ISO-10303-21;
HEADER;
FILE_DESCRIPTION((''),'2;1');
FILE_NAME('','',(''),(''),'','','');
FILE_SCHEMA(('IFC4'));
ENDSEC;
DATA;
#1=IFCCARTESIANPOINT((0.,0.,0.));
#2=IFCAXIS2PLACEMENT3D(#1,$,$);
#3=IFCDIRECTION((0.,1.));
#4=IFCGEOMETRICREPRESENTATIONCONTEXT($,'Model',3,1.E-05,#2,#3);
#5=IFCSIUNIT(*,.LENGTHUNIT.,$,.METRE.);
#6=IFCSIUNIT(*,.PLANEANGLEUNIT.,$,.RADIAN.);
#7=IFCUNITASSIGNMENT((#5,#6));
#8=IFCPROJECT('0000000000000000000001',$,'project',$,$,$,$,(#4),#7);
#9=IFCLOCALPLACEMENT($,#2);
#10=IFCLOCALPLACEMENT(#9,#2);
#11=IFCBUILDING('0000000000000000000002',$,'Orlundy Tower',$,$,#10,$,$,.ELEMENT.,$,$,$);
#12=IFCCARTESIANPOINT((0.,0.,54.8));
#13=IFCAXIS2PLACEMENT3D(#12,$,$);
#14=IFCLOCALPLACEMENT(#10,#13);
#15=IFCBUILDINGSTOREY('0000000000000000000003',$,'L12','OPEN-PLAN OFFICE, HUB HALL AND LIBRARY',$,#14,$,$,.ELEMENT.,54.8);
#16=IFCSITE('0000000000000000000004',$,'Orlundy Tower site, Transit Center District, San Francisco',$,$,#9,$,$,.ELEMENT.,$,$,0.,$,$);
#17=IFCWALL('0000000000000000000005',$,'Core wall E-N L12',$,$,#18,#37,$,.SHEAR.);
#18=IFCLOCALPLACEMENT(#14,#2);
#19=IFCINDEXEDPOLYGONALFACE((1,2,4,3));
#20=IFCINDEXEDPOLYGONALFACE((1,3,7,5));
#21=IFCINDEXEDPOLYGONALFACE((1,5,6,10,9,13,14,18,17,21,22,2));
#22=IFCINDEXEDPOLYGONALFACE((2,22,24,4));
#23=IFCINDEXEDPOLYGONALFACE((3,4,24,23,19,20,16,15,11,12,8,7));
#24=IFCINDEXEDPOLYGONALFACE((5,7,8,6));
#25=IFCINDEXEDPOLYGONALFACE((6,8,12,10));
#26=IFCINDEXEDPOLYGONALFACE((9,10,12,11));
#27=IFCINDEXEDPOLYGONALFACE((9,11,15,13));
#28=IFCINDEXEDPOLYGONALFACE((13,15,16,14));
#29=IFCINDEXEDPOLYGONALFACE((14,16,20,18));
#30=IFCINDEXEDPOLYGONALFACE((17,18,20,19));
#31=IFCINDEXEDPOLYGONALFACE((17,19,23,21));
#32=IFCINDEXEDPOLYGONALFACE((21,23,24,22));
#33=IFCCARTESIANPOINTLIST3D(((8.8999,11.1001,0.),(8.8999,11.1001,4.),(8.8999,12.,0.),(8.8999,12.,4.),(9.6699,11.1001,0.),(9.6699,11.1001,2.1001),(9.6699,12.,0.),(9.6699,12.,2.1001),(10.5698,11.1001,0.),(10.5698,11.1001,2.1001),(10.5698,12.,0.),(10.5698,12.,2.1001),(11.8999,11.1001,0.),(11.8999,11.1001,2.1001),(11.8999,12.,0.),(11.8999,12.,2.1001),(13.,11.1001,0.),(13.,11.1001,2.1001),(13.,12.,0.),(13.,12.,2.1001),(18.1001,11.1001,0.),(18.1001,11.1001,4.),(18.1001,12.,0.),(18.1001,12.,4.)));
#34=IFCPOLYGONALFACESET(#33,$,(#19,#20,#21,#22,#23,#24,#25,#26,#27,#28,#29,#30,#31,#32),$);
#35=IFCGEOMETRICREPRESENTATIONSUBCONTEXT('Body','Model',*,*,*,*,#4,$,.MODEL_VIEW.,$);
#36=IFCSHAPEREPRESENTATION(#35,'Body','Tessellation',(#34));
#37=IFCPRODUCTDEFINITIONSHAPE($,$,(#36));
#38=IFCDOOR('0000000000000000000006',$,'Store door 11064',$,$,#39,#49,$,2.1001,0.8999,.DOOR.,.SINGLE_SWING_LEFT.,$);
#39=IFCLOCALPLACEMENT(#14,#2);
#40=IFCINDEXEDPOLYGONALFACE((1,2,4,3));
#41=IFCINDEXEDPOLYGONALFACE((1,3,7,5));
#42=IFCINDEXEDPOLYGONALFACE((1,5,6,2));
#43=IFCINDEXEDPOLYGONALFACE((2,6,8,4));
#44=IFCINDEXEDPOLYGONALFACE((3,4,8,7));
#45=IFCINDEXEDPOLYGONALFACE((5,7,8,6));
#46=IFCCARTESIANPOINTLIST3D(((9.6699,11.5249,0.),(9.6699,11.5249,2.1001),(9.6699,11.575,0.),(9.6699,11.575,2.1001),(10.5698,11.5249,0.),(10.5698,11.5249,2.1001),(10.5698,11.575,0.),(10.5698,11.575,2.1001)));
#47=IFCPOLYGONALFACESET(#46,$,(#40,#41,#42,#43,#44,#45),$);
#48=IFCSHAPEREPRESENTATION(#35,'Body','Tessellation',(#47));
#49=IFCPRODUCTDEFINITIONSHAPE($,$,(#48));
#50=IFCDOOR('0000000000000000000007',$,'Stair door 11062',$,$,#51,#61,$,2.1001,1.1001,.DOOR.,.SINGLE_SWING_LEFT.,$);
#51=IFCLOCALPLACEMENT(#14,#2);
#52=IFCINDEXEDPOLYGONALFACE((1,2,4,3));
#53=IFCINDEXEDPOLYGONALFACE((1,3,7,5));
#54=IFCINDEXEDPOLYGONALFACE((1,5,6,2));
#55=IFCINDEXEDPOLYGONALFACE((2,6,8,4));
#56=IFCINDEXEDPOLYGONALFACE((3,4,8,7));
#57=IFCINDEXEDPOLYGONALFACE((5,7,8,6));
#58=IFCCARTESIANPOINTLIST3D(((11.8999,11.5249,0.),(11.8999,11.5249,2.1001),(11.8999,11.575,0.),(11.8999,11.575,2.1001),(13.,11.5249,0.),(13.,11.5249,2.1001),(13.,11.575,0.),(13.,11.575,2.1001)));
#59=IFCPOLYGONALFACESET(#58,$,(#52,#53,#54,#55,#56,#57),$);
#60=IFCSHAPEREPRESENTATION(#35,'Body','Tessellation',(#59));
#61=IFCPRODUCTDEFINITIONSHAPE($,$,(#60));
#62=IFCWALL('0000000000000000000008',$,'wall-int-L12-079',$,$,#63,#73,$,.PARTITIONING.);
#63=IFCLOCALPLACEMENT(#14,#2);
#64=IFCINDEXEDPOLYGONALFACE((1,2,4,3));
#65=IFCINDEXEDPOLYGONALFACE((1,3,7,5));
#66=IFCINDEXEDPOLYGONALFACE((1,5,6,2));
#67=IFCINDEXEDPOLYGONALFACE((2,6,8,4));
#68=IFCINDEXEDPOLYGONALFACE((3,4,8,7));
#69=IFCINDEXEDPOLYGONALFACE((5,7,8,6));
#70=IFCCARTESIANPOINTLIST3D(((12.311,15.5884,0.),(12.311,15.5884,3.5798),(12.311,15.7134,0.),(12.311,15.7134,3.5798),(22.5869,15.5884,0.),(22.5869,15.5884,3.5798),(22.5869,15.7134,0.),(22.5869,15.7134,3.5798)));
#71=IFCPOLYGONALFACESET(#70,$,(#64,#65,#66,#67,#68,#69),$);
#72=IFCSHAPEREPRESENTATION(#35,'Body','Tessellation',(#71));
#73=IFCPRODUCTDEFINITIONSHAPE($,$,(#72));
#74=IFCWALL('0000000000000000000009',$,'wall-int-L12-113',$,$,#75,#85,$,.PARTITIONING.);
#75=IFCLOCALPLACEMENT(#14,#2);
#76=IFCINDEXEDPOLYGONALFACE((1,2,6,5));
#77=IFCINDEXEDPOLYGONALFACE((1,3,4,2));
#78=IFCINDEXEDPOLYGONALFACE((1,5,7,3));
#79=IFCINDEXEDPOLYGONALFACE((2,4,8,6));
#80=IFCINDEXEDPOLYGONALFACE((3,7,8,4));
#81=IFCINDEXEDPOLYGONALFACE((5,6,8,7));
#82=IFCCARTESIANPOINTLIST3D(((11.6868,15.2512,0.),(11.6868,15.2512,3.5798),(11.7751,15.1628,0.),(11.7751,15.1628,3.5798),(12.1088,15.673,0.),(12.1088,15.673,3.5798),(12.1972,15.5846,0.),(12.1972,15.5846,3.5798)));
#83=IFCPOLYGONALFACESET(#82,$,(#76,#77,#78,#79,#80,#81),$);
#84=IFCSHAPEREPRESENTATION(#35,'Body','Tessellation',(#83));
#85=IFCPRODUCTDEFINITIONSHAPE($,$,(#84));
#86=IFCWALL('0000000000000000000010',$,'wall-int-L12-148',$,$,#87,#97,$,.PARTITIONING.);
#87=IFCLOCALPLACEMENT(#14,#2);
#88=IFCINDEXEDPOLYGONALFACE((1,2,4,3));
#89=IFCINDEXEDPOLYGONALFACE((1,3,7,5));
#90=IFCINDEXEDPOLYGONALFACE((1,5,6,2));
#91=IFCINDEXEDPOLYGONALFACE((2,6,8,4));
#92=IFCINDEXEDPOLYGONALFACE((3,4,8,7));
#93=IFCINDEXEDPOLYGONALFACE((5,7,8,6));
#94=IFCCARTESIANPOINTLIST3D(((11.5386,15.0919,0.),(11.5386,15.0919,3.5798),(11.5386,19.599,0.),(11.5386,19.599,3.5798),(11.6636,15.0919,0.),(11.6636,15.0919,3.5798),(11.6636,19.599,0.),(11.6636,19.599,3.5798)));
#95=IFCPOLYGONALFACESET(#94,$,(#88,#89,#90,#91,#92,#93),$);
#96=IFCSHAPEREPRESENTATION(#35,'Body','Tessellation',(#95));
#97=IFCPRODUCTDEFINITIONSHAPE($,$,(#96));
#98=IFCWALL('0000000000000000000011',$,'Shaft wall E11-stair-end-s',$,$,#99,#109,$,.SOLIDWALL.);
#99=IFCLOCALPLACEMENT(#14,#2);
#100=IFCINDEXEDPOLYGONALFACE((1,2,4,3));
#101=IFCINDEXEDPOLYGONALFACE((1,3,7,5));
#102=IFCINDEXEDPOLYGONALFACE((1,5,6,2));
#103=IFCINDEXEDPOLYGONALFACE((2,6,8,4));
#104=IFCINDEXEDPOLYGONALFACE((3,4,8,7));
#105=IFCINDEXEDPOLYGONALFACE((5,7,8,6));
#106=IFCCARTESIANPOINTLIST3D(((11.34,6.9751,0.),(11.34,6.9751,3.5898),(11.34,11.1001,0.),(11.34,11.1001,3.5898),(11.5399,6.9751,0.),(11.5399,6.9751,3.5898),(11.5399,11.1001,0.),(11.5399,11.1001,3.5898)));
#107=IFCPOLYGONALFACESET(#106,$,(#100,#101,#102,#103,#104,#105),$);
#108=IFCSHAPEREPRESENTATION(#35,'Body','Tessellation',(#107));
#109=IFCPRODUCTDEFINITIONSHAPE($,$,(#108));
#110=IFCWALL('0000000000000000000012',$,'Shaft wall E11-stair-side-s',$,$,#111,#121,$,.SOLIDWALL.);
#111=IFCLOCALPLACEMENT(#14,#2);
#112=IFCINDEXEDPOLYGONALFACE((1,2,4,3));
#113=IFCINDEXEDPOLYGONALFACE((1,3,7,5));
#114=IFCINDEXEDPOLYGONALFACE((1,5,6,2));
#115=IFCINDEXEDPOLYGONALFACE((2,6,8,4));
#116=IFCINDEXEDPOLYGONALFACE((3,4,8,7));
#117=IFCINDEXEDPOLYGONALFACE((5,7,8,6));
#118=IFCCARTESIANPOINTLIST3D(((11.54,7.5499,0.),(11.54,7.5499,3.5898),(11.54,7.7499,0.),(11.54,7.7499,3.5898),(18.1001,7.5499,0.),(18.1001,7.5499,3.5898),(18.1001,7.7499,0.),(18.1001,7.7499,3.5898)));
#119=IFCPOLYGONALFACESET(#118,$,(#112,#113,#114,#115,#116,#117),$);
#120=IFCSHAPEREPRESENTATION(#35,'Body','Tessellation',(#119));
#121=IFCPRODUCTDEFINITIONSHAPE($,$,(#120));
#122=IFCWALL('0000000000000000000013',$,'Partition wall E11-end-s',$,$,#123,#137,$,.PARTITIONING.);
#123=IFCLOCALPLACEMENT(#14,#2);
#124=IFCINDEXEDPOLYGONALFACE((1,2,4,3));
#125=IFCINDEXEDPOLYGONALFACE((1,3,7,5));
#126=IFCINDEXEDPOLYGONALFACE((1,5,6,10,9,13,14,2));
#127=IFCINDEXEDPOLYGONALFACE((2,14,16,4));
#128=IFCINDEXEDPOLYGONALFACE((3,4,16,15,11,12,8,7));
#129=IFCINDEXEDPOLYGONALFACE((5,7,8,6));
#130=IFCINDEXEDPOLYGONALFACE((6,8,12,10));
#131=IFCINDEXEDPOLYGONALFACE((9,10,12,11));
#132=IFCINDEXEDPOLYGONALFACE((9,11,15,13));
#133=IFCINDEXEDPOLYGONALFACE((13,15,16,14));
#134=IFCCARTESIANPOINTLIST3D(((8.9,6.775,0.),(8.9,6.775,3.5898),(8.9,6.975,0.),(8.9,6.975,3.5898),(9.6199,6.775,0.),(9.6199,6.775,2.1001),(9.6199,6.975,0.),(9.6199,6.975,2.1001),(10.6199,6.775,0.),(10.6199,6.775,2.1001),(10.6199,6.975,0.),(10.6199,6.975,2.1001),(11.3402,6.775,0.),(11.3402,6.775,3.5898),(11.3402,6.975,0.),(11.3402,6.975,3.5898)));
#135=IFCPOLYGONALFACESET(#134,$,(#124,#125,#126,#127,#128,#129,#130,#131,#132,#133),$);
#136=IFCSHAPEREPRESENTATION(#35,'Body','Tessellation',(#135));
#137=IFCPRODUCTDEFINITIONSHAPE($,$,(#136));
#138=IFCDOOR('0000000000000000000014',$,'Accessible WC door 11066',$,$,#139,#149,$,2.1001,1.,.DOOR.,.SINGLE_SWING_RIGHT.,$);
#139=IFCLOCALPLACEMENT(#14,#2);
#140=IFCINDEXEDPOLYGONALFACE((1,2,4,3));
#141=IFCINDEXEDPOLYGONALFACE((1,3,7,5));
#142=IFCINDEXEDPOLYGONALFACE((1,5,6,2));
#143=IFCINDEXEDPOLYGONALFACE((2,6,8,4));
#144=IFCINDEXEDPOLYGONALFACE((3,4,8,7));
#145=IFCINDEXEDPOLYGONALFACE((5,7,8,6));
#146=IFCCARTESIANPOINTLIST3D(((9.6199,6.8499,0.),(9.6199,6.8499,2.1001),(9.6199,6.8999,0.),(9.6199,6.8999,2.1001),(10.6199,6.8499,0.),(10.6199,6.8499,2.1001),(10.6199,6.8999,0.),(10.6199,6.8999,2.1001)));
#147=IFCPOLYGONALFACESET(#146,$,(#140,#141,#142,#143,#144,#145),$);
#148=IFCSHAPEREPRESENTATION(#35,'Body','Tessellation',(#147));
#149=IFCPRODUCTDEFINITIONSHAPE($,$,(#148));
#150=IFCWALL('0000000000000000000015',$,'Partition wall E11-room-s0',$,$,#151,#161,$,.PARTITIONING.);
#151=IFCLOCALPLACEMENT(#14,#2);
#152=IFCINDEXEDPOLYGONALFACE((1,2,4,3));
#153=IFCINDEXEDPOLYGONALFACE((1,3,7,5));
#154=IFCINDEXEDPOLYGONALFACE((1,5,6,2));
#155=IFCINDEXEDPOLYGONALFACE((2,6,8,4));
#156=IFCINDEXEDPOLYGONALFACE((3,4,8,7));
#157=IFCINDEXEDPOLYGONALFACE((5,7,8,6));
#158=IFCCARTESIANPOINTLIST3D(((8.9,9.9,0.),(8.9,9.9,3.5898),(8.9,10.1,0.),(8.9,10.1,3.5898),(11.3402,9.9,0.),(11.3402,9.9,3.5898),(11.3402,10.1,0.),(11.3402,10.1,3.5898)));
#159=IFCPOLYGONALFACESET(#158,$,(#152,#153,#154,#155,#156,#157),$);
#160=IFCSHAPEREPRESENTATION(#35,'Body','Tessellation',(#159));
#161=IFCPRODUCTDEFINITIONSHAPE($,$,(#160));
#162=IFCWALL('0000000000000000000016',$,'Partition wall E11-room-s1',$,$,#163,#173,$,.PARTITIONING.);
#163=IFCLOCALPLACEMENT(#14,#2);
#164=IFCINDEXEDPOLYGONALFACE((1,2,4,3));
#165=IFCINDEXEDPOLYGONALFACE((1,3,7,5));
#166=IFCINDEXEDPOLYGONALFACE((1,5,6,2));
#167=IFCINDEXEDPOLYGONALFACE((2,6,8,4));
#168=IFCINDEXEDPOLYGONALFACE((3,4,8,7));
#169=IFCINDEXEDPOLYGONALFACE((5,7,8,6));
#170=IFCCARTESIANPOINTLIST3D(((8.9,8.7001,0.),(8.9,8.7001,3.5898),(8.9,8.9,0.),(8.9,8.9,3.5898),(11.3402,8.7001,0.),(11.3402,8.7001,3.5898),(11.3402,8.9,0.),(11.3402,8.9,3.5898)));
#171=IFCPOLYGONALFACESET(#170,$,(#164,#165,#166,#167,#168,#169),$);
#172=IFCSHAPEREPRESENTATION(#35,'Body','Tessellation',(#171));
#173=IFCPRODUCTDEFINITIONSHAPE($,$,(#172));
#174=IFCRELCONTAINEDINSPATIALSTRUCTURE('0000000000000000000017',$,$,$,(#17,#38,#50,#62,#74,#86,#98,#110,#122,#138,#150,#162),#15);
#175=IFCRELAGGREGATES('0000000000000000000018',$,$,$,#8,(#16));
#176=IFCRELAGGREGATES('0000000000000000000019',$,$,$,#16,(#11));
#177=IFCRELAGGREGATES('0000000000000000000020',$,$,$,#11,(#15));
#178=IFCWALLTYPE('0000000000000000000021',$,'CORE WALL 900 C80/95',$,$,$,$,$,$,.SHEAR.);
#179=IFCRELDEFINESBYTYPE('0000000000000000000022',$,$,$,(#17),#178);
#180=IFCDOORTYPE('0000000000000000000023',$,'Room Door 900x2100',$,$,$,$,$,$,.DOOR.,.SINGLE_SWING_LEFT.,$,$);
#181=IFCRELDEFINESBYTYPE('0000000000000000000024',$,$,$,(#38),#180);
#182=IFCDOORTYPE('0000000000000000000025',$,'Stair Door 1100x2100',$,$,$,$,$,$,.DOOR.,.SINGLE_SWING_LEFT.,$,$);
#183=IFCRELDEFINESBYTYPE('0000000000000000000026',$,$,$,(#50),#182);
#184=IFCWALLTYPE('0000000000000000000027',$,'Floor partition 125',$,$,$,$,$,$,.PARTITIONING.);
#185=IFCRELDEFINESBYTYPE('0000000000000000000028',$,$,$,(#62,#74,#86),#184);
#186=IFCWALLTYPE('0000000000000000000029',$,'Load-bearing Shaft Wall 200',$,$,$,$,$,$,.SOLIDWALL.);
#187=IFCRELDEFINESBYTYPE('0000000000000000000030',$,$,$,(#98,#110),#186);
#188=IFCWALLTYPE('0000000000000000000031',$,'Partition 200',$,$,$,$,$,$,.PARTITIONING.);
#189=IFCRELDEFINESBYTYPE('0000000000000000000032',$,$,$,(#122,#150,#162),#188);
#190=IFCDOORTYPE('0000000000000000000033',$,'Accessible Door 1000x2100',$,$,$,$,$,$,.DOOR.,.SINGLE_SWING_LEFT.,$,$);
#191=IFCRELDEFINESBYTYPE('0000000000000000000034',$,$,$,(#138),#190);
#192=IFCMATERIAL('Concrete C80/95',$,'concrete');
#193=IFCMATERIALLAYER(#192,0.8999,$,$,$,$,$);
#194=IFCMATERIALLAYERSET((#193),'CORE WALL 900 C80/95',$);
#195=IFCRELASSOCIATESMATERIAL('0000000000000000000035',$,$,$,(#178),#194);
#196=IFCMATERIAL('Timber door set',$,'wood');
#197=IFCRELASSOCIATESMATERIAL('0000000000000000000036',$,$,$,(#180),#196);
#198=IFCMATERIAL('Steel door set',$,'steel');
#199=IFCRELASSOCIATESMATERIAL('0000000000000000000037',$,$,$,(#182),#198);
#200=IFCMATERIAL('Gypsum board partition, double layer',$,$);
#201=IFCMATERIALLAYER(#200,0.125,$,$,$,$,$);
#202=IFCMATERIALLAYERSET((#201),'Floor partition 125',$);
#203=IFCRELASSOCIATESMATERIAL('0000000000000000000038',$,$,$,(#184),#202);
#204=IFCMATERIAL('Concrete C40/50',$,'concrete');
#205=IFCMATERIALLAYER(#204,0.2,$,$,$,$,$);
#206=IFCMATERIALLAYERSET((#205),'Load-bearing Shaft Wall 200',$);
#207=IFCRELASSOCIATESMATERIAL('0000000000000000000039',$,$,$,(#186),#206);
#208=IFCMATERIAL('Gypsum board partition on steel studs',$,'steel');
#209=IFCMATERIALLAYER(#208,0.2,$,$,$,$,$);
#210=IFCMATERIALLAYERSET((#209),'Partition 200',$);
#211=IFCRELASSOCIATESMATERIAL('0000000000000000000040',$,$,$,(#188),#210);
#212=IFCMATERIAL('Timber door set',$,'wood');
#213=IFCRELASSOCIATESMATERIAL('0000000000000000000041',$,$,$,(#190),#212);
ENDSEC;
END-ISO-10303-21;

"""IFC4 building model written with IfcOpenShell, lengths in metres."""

from ifc_helpers import new_model, si_unit, direction, frame, frame_2d, origin, place, context, subcontext, project, spatial, rectangle, extrude, material, layer, layer_set, type_object, element, fill, save


model = new_model("IFC4")

# Units and contexts
model_context = context("Model", 3, precision=1e-05, world=origin(), true_north=direction((0.0, 1.0)))
body_context = subcontext(model_context, "Body", "Model", "MODEL_VIEW")
ifc_project = project(units=[si_unit("LENGTHUNIT", "METRE"), si_unit("PLANEANGLEUNIT", "RADIAN")], contexts=[model_context])

# Site, building, storey
site_placement = place(None, origin())
site = spatial("IfcSite", under=ifc_project, at=site_placement, Name="Orlundy Tower site, Transit Center District, San Francisco", CompositionType="ELEMENT", RefElevation=0.0)
building_placement = place(site_placement, origin())
building = spatial("IfcBuilding", under=site, at=building_placement, Name="Orlundy Tower", CompositionType="ELEMENT")
storey_placement = place(building_placement, frame((0.0, 0.0, 54.8)))
storey = spatial("IfcBuildingStorey", under=building, at=storey_placement, Name="L12", Description="OPEN-PLAN OFFICE, HUB HALL AND LIBRARY", CompositionType="ELEMENT", Elevation=54.8)

# Wall, openings, doors
ifc_material_1 = material(Name="Concrete C80/95", Category="concrete")
ifc_layer_1 = layer(ifc_material_1, 0.8999)
ifc_layer_set_1 = layer_set([ifc_layer_1], Name="CORE WALL 900 C80/95")
wall_type_1 = type_object("IfcWallType", Name="CORE WALL 900 C80/95", PredefinedType="SHEAR", material=ifc_layer_set_1)
wall_1_placement = place(storey_placement, frame((8.8999, 11.55, 0.0), z_axis=(0.0, 0.0, 1.0), x_axis=(1.0, 0.0, 0.0)))
wall_1 = element("IfcWall", 1, at=wall_1_placement, inside=storey, type_object=wall_type_1, Name="Core wall E-N L12", PredefinedType="SHEAR", context=body_context, shape_type="SweptSolid", body=[
    extrude(rectangle(XDim=9.2002, YDim=0.8999, at=frame_2d((4.6001, 0.0))), origin(), (0.0, 0.0, 1.0), 4.0),
])
opening_1_placement = place(wall_1_placement, frame((3.0, 0.0, 0.0)))
opening_1 = element("IfcOpeningElement", 2, at=opening_1_placement, cuts=wall_1, PredefinedType="OPENING", context=body_context, shape_type="SweptSolid", body=[
    extrude(rectangle(XDim=1.1001, YDim=2.1001, at=frame_2d((0.55, 1.05))), frame((0.0, 0.46, 0.0), z_axis=(0.0, -1.0, 0.0), x_axis=(1.0, 0.0, 0.0)), (0.0, 0.0, 1.0), 0.9199),
])
opening_2_placement = place(wall_1_placement, frame((0.77, 0.0, 0.0)))
opening_2 = element("IfcOpeningElement", 3, at=opening_2_placement, cuts=wall_1, PredefinedType="OPENING", context=body_context, shape_type="SweptSolid", body=[
    extrude(rectangle(XDim=0.8999, YDim=2.1001, at=frame_2d((0.45, 1.05))), frame((0.0, 0.46, 0.0), z_axis=(0.0, -1.0, 0.0), x_axis=(1.0, 0.0, 0.0)), (0.0, 0.0, 1.0), 0.9199),
])
ifc_material_2 = material(Name="Timber door set", Category="wood")
door_type_1 = type_object("IfcDoorType", Name="Room Door 900x2100", OperationType="SINGLE_SWING_LEFT", PredefinedType="DOOR", material=ifc_material_2)
door_1_placement = place(opening_2_placement, origin())
door_1 = element("IfcDoor", 4, at=door_1_placement, inside=storey, type_object=door_type_1, Name="Store door 11064", OperationType="SINGLE_SWING_LEFT", OverallHeight=2.1001, OverallWidth=0.8999, PredefinedType="DOOR", context=body_context, shape_type="SweptSolid", body=[
    extrude(rectangle(XDim=0.8999, YDim=2.1001, at=frame_2d((0.45, 1.05))), frame((0.0, 0.0249, 0.0), z_axis=(0.0, -1.0, 0.0), x_axis=(1.0, 0.0, 0.0)), (0.0, 0.0, 1.0), 0.05),
])
fill(opening_2, door_1)
ifc_material_3 = material(Name="Steel door set", Category="steel")
door_type_2 = type_object("IfcDoorType", Name="Stair Door 1100x2100", OperationType="SINGLE_SWING_LEFT", PredefinedType="DOOR", material=ifc_material_3)
door_2_placement = place(opening_1_placement, origin())
door_2 = element("IfcDoor", 5, at=door_2_placement, inside=storey, type_object=door_type_2, Name="Stair door 11062", OperationType="SINGLE_SWING_LEFT", OverallHeight=2.1001, OverallWidth=1.1001, PredefinedType="DOOR", context=body_context, shape_type="SweptSolid", body=[
    extrude(rectangle(XDim=1.1001, YDim=2.1001, at=frame_2d((0.55, 1.05))), frame((0.0, 0.0249, 0.0), z_axis=(0.0, -1.0, 0.0), x_axis=(1.0, 0.0, 0.0)), (0.0, 0.0, 1.0), 0.05),
])
fill(opening_1, door_2)

# Walls
ifc_material_4 = material(Name="Gypsum board partition, double layer")
ifc_layer_2 = layer(ifc_material_4, 0.125)
ifc_layer_set_2 = layer_set([ifc_layer_2], Name="Floor partition 125")
wall_type_2 = type_object("IfcWallType", Name="Floor partition 125", PredefinedType="PARTITIONING", material=ifc_layer_set_2)
wall_2_placement = place(storey_placement, frame((12.311, 15.6509, 0.0), z_axis=(0.0, 0.0, 1.0), x_axis=(1.0, 0.0, 0.0)))
element("IfcWall", 6, at=wall_2_placement, inside=storey, type_object=wall_type_2, Name="wall-int-L12-079", PredefinedType="PARTITIONING", context=body_context, shape_type="SweptSolid", body=[
    extrude(rectangle(XDim=10.2759, YDim=0.125, at=frame_2d((5.1379, 0.0))), origin(), (0.0, 0.0, 1.0), 3.5798),
])
wall_3_placement = place(storey_placement, frame((11.731, 15.207, 0.0), z_axis=(0.0, 0.0, 1.0), x_axis=(0.707311, 0.706902, 0.0)))
element("IfcWall", 7, at=wall_3_placement, inside=storey, type_object=wall_type_2, Name="wall-int-L12-113", PredefinedType="PARTITIONING", context=body_context, shape_type="SweptSolid", body=[
    extrude(rectangle(XDim=0.5967, YDim=0.125, at=frame_2d((0.2983, 0.0))), origin(), (0.0, 0.0, 1.0), 3.5798),
])
wall_4_placement = place(storey_placement, frame((11.6011, 15.092, 0.0), z_axis=(0.0, 0.0, 1.0), x_axis=(0.0, 1.0, 0.0)))
element("IfcWall", 8, at=wall_4_placement, inside=storey, type_object=wall_type_2, Name="wall-int-L12-148", PredefinedType="PARTITIONING", context=body_context, shape_type="SweptSolid", body=[
    extrude(rectangle(XDim=4.5071, YDim=0.125, at=frame_2d((2.2534, 0.0))), origin(), (0.0, 0.0, 1.0), 3.5798),
])
ifc_material_5 = material(Name="Concrete C40/50", Category="concrete")
ifc_layer_3 = layer(ifc_material_5, 0.2)
ifc_layer_set_3 = layer_set([ifc_layer_3], Name="Load-bearing Shaft Wall 200")
wall_type_3 = type_object("IfcWallType", Name="Load-bearing Shaft Wall 200", PredefinedType="SOLIDWALL", material=ifc_layer_set_3)
wall_5_placement = place(storey_placement, frame((11.4399, 11.1001, 0.0), z_axis=(0.0, 0.0, 1.0), x_axis=(0.0, -1.0, 0.0)))
element("IfcWall", 9, at=wall_5_placement, inside=storey, type_object=wall_type_3, Name="Shaft wall E11-stair-end-s", PredefinedType="SOLIDWALL", context=body_context, shape_type="SweptSolid", body=[
    extrude(rectangle(XDim=4.125, YDim=0.2, at=frame_2d((2.0625, 0.0))), origin(), (0.0, 0.0, 1.0), 3.5898),
])
wall_6_placement = place(storey_placement, frame((11.54, 7.6499, 0.0), z_axis=(0.0, 0.0, 1.0), x_axis=(1.0, 0.0, 0.0)))
element("IfcWall", 10, at=wall_6_placement, inside=storey, type_object=wall_type_3, Name="Shaft wall E11-stair-side-s", PredefinedType="SOLIDWALL", context=body_context, shape_type="SweptSolid", body=[
    extrude(rectangle(XDim=6.5601, YDim=0.2, at=frame_2d((3.28, 0.0))), origin(), (0.0, 0.0, 1.0), 3.5898),
])

# Wall, opening, door
ifc_material_6 = material(Name="Gypsum board partition on steel studs", Category="steel")
ifc_layer_4 = layer(ifc_material_6, 0.2)
ifc_layer_set_4 = layer_set([ifc_layer_4], Name="Partition 200")
wall_type_4 = type_object("IfcWallType", Name="Partition 200", PredefinedType="PARTITIONING", material=ifc_layer_set_4)
wall_7_placement = place(storey_placement, frame((8.8999, 6.875, 0.0), z_axis=(0.0, 0.0, 1.0), x_axis=(1.0, 0.0, 0.0)))
wall_7 = element("IfcWall", 11, at=wall_7_placement, inside=storey, type_object=wall_type_4, Name="Partition wall E11-end-s", PredefinedType="PARTITIONING", context=body_context, shape_type="SweptSolid", body=[
    extrude(rectangle(XDim=2.4402, YDim=0.2, at=frame_2d((1.2202, 0.0))), origin(), (0.0, 0.0, 1.0), 3.5898),
])
opening_3_placement = place(wall_7_placement, frame((0.72, 0.0, 0.0)))
opening_3 = element("IfcOpeningElement", 12, at=opening_3_placement, cuts=wall_7, PredefinedType="OPENING", context=body_context, shape_type="SweptSolid", body=[
    extrude(rectangle(XDim=1.0, YDim=2.1001, at=frame_2d((0.5, 1.05))), frame((0.0, 0.1101, 0.0), z_axis=(0.0, -1.0, 0.0), x_axis=(1.0, 0.0, 0.0)), (0.0, 0.0, 1.0), 0.2202),
])
ifc_material_7 = material(Name="Timber door set", Category="wood")
door_type_3 = type_object("IfcDoorType", Name="Accessible Door 1000x2100", OperationType="SINGLE_SWING_LEFT", PredefinedType="DOOR", material=ifc_material_7)
door_3_placement = place(opening_3_placement, origin())
door_3 = element("IfcDoor", 13, at=door_3_placement, inside=storey, type_object=door_type_3, Name="Accessible WC door 11066", OperationType="SINGLE_SWING_RIGHT", OverallHeight=2.1001, OverallWidth=1.0, PredefinedType="DOOR", context=body_context, shape_type="SweptSolid", body=[
    extrude(rectangle(XDim=1.0, YDim=2.1001, at=frame_2d((0.5, 1.05))), frame((0.0, 0.0249, 0.0), z_axis=(0.0, -1.0, 0.0), x_axis=(1.0, 0.0, 0.0)), (0.0, 0.0, 1.0), 0.05),
])
fill(opening_3, door_3)

# Walls
for number, where, z_axis, x_axis, name in (
    (14, (8.8999, 10.0, 0.0), (0.0, 0.0, 1.0), (1.0, 0.0, 0.0), "Partition wall E11-room-s0"),
    (15, (8.8999, 8.8, 0.0), (0.0, 0.0, 1.0), (1.0, 0.0, 0.0), "Partition wall E11-room-s1"),
):
    element("IfcWall", number, at=place(storey_placement, frame(where, z_axis=z_axis, x_axis=x_axis)), inside=storey, type_object=wall_type_4, Name=name, PredefinedType="PARTITIONING", context=body_context, shape_type="SweptSolid", body=[
        extrude(rectangle(XDim=2.4402, YDim=0.2, at=frame_2d((1.2202, 0.0))), origin(), (0.0, 0.0, 1.0), 3.5898),
    ])

save(model, "model.ifc")
